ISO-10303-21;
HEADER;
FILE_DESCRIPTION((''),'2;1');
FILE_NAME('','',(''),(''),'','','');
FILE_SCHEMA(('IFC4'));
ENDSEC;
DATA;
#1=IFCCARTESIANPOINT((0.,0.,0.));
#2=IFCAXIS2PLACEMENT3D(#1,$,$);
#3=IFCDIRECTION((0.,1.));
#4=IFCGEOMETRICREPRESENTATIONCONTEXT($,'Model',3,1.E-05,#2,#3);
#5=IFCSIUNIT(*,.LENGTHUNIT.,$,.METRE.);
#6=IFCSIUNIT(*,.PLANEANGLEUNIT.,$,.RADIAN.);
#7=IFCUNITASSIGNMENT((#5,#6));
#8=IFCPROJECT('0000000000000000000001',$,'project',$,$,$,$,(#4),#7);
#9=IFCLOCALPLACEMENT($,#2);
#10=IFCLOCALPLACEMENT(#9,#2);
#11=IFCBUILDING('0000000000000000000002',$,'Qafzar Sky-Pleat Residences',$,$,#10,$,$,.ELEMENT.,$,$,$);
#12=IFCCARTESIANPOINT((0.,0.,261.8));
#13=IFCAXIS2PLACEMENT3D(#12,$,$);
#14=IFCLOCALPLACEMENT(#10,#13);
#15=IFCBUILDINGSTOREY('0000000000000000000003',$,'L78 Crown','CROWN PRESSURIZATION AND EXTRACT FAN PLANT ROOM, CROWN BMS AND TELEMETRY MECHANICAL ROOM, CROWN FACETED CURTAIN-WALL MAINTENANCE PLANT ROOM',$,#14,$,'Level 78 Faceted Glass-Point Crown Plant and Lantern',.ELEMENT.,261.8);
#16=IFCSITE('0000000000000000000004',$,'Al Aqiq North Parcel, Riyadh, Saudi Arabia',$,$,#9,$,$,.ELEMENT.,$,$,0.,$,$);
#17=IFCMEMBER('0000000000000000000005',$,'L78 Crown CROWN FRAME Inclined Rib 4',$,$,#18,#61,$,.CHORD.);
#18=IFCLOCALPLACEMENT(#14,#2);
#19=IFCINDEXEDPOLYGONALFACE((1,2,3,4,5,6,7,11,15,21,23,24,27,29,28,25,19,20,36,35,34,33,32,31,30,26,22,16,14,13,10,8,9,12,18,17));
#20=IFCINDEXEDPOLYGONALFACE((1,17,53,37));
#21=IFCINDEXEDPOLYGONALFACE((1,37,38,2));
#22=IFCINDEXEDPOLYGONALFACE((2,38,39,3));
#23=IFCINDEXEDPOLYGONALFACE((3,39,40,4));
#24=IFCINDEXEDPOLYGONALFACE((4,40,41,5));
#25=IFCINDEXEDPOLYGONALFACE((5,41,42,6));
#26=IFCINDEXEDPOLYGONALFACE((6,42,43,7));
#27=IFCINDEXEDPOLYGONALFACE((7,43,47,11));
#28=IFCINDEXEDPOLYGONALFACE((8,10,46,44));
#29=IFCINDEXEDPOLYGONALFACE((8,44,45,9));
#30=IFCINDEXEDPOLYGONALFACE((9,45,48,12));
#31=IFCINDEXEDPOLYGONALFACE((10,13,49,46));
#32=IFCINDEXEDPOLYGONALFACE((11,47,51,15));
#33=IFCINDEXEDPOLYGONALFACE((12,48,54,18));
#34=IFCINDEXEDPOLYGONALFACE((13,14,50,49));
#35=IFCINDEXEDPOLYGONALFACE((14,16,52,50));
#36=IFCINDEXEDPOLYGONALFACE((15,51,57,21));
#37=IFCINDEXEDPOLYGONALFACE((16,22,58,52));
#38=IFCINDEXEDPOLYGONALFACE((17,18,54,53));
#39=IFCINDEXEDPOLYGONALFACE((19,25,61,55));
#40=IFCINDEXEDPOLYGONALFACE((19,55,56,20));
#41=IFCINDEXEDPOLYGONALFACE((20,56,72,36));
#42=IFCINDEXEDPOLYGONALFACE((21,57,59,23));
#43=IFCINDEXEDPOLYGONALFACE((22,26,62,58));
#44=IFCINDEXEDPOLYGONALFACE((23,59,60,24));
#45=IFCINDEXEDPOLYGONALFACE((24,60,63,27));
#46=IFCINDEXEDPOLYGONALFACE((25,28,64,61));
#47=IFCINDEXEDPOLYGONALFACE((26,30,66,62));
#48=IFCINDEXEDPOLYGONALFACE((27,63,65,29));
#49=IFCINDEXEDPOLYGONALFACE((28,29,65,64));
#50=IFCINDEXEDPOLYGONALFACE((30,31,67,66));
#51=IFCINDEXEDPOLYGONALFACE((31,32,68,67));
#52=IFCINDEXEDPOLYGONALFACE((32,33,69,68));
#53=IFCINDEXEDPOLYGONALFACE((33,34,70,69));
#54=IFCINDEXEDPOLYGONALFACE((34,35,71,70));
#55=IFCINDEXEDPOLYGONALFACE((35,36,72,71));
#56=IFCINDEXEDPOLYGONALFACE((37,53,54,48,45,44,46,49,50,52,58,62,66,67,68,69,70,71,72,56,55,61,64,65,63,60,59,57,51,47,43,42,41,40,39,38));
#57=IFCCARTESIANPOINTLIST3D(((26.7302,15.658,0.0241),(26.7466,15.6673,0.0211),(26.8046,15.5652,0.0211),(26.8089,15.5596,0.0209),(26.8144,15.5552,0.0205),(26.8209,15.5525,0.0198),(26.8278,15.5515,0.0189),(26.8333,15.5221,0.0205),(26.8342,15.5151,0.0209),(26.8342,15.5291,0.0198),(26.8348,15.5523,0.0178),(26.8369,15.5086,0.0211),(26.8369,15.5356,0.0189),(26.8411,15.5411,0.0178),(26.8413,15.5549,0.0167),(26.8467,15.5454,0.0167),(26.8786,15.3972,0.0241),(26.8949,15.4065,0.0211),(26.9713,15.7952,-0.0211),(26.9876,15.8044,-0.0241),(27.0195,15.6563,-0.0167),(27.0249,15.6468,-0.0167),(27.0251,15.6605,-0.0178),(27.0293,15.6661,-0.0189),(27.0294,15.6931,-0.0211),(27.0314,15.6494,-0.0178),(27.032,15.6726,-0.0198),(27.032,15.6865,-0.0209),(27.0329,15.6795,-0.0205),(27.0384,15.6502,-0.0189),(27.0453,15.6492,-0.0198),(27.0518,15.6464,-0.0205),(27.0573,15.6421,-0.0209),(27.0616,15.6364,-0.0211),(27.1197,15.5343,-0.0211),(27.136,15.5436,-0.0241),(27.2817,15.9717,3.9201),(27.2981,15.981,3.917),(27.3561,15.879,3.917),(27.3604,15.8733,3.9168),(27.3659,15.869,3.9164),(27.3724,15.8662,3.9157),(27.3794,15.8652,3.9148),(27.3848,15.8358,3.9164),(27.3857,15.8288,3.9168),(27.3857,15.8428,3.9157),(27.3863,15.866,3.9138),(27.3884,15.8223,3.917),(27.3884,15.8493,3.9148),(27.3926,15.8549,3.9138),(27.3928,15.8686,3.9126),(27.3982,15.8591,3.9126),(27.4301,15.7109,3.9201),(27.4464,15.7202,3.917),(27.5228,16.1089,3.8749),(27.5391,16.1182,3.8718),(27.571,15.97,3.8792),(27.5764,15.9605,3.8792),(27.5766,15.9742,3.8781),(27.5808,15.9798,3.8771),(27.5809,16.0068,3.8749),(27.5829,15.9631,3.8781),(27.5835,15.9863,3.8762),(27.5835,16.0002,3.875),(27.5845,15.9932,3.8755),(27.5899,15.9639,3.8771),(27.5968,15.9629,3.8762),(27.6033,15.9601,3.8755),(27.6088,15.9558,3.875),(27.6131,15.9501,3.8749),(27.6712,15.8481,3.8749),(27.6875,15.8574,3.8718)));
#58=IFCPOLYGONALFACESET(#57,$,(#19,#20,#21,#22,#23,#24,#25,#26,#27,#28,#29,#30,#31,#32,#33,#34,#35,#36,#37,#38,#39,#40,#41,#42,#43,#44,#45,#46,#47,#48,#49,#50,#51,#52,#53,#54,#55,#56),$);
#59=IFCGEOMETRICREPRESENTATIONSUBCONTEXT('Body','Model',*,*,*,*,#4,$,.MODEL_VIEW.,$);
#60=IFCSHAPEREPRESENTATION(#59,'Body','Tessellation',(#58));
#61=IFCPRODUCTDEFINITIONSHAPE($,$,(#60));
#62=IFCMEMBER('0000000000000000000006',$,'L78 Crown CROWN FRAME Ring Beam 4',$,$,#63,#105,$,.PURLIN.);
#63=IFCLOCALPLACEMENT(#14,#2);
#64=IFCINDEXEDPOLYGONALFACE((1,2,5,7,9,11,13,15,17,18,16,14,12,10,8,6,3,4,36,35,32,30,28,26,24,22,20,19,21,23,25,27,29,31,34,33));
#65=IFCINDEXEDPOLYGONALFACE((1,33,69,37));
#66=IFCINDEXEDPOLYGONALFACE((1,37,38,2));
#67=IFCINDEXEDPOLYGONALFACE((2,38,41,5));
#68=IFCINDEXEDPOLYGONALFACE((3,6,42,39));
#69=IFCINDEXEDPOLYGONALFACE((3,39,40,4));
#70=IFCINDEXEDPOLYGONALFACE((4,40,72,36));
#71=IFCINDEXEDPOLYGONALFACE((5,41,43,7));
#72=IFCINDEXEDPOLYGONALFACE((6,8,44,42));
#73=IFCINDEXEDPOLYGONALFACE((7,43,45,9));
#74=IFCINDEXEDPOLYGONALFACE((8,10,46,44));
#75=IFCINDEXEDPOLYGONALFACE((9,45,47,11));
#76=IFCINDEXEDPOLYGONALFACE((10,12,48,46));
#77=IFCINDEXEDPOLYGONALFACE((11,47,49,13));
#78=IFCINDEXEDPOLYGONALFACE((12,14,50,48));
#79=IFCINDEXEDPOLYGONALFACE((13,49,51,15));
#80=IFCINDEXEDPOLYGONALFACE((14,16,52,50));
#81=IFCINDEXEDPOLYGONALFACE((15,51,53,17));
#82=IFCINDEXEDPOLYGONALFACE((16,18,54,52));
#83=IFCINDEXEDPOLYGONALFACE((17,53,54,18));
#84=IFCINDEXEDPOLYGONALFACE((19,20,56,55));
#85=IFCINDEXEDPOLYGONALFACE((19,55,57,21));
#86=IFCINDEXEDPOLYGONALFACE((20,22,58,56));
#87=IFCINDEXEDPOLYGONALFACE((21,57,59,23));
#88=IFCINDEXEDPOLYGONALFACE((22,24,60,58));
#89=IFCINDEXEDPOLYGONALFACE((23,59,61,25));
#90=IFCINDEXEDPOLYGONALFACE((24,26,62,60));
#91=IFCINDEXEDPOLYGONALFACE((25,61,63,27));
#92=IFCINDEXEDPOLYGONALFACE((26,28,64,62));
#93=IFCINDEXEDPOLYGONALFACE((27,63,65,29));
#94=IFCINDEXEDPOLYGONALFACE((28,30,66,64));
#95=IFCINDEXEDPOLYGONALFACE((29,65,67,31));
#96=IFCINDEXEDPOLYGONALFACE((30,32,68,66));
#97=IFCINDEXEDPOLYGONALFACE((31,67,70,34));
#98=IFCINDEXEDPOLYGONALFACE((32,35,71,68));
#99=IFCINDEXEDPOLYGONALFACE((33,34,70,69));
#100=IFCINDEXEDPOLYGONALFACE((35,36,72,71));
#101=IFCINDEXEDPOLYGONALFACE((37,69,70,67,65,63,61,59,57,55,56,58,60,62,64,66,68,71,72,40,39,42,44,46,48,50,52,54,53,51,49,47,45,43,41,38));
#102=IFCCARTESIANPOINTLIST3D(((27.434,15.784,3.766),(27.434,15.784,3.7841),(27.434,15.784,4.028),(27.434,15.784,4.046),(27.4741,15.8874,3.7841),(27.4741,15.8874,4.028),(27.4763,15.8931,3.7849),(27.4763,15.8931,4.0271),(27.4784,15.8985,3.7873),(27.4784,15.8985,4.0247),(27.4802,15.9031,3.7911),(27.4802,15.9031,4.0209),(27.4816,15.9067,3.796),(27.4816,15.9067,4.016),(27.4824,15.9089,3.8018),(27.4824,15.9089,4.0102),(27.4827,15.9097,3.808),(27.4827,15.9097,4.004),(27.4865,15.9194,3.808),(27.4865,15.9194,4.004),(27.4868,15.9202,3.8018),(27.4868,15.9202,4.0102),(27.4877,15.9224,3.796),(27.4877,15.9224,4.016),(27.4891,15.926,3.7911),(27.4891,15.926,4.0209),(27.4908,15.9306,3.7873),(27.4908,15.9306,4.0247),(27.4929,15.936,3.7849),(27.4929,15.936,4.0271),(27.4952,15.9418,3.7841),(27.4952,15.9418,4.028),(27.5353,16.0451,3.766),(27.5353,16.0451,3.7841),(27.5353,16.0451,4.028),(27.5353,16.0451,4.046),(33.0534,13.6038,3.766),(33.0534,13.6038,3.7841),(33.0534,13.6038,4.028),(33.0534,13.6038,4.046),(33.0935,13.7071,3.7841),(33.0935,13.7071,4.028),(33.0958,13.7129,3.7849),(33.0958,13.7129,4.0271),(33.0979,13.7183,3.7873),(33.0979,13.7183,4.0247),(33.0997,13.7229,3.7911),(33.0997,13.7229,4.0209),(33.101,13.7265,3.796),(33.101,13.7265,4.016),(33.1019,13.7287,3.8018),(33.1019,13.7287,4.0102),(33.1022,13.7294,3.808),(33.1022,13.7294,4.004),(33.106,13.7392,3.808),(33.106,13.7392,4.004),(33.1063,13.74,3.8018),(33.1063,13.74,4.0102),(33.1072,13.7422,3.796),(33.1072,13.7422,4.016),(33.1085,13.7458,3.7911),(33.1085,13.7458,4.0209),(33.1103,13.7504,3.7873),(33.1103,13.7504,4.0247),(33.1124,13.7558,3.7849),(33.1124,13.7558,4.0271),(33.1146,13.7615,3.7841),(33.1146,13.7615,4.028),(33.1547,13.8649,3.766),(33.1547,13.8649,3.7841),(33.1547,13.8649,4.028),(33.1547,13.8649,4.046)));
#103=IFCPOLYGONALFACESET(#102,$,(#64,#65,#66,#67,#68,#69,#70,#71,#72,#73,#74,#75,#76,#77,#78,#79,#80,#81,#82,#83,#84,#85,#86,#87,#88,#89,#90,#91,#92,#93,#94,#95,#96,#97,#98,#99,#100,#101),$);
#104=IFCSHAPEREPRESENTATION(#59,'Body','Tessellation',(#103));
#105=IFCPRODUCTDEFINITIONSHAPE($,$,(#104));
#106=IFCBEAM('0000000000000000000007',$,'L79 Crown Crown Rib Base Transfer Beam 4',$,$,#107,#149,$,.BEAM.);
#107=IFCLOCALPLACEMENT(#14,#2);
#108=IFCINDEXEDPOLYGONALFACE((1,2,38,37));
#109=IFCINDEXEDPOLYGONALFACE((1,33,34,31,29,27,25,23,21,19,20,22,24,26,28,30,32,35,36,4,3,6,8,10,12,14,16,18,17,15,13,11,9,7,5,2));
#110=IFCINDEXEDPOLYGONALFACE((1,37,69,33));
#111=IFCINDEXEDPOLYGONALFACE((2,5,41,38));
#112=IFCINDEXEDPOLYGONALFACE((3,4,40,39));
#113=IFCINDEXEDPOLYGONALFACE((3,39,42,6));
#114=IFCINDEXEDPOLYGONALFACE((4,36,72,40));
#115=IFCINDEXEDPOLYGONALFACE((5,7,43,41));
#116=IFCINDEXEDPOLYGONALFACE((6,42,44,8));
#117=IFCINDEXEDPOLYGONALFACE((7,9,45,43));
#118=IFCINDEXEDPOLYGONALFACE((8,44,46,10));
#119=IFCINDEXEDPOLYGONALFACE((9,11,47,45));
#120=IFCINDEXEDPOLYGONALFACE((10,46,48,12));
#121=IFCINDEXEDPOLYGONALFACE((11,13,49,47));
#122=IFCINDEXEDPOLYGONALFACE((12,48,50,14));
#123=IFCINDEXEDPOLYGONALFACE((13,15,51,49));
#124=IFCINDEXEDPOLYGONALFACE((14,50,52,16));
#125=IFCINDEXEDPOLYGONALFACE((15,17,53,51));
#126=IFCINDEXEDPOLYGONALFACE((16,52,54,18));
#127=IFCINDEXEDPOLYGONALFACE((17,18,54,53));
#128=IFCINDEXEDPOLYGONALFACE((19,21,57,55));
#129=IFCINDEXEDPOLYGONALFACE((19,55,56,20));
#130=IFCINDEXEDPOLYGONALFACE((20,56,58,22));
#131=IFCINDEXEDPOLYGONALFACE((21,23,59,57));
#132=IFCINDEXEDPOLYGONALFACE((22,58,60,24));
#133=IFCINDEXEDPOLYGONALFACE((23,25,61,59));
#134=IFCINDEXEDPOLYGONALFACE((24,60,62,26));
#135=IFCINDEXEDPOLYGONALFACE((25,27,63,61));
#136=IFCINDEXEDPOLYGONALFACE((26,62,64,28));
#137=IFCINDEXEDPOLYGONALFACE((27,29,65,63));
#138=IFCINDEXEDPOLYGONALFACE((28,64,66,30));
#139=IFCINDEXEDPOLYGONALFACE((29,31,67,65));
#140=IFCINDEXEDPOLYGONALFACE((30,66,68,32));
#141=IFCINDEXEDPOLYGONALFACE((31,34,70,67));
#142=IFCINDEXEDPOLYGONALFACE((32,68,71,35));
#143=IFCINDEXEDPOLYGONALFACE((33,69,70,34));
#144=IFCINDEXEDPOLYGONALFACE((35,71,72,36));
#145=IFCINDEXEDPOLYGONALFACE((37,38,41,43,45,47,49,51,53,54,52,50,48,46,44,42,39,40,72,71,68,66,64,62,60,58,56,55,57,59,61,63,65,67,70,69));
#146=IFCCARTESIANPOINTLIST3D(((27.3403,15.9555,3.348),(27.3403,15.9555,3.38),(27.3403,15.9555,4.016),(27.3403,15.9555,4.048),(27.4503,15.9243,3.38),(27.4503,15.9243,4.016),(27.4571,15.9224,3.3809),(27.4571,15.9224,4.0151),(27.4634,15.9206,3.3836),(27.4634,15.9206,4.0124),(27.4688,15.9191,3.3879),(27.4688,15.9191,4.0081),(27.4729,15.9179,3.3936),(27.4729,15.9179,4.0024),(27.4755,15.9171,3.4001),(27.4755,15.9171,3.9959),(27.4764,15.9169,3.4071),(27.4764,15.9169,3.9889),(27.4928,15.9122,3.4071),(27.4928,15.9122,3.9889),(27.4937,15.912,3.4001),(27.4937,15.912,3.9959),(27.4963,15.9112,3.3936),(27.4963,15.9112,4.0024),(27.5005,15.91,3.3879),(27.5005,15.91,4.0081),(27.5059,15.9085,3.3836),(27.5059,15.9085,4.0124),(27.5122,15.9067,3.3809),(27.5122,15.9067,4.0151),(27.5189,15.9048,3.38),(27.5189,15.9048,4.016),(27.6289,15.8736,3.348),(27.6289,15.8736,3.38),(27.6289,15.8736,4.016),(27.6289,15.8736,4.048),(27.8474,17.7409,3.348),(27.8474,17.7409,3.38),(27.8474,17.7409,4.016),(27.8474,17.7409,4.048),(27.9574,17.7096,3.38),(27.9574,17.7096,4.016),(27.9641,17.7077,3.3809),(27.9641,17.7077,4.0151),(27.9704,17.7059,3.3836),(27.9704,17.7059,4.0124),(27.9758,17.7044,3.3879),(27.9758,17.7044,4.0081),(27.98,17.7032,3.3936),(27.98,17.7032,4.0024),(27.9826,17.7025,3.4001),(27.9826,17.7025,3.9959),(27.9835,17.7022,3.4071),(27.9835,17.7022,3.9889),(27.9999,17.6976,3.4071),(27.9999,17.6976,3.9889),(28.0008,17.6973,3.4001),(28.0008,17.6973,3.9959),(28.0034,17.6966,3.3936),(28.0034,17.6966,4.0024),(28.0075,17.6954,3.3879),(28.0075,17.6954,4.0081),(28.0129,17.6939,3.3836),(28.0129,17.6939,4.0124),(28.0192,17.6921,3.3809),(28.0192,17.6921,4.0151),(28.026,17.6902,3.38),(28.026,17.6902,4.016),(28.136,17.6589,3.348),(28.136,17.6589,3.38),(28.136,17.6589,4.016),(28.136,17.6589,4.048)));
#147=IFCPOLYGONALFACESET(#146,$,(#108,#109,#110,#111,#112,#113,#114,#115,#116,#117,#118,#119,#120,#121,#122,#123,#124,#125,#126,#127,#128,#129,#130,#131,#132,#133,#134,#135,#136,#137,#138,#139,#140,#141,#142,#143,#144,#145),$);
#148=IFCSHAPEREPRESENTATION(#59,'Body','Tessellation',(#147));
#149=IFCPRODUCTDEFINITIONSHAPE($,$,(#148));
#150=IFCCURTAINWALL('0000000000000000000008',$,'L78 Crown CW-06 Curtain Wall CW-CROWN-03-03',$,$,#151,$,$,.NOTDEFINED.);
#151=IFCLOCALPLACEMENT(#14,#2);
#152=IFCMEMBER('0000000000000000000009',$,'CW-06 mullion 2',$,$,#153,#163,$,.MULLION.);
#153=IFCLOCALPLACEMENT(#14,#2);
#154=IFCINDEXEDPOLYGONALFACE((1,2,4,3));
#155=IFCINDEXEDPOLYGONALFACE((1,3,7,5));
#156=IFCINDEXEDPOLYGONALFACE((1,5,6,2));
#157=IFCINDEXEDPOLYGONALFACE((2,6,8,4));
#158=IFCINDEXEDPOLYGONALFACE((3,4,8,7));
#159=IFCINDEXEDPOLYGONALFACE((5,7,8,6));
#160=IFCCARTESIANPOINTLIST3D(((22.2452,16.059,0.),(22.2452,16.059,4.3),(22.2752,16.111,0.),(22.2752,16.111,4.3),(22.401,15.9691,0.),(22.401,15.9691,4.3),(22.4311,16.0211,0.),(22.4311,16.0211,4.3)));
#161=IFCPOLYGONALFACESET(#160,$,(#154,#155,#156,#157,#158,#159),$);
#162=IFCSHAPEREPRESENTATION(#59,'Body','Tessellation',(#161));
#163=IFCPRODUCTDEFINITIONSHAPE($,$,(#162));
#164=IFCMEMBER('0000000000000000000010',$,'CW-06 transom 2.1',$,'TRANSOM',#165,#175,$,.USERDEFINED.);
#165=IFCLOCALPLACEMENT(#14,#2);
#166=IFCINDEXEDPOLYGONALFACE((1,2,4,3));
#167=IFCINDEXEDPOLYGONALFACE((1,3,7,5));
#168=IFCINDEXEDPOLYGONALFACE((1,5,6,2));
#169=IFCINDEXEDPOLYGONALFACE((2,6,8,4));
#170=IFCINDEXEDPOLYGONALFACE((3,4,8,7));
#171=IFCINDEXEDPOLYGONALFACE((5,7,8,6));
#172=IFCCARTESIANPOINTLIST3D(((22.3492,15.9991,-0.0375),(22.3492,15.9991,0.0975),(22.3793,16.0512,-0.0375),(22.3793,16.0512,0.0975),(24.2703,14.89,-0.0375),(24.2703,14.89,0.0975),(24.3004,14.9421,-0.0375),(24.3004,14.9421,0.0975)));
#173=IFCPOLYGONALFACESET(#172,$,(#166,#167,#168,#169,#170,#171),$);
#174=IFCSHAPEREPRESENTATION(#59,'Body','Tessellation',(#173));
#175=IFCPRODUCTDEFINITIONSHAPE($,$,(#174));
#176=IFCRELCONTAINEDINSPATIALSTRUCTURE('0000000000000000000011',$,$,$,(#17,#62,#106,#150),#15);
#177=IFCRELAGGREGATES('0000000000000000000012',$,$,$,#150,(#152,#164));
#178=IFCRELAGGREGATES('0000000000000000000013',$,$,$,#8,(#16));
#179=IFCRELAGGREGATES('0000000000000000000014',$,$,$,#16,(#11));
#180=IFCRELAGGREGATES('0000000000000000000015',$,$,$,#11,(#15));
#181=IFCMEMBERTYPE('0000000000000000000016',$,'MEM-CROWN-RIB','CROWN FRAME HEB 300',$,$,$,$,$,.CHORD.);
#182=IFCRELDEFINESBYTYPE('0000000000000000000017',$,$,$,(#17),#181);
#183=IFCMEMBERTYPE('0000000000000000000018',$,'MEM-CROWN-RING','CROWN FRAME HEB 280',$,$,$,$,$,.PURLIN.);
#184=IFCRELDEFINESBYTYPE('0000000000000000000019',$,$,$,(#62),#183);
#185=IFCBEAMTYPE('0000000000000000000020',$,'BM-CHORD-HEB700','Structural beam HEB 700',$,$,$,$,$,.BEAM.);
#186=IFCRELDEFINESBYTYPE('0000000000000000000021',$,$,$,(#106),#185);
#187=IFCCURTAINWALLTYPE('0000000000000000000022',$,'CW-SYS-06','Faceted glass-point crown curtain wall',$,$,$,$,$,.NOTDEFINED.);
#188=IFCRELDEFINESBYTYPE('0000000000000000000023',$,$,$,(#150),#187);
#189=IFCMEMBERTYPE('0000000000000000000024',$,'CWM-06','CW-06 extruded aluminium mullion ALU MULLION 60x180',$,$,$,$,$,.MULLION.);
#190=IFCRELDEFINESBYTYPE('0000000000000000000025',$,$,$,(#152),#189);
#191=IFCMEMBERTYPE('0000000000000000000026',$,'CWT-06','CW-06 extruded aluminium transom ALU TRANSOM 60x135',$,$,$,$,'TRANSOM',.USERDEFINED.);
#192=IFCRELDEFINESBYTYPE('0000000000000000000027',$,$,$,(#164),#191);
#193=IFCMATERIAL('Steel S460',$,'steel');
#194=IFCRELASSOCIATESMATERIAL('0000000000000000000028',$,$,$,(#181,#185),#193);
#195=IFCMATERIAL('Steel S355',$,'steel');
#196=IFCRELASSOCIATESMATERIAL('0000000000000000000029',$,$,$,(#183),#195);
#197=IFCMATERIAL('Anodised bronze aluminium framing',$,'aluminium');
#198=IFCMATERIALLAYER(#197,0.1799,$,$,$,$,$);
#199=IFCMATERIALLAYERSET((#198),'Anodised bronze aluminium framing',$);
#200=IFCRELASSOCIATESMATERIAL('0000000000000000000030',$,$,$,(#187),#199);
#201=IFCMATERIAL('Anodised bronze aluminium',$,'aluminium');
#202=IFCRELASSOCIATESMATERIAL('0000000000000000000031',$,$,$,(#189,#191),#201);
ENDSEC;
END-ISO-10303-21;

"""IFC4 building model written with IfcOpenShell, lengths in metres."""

from ifc_helpers import new_model, si_unit, direction, frame, origin, origin_2d, place, context, subcontext, project, spatial, rectangle, i_section, extrude, source, transform, mapped, material, layer, layer_set, material_profile, profile_set, type_object, element, aggregate, save


model = new_model("IFC4")

# Units and contexts
model_context = context("Model", 3, precision=1e-05, world=origin(), true_north=direction((0.0, 1.0)))
body_context = subcontext(model_context, "Body", "Model", "MODEL_VIEW")
ifc_project = project(units=[si_unit("LENGTHUNIT", "METRE"), si_unit("PLANEANGLEUNIT", "RADIAN")], contexts=[model_context])

# Site, building, storey
site_placement = place(None, origin())
site = spatial("IfcSite", under=ifc_project, at=site_placement, Name="Al Aqiq North Parcel, Riyadh, Saudi Arabia", CompositionType="ELEMENT", RefElevation=0.0)
building_placement = place(site_placement, origin())
building = spatial("IfcBuilding", under=site, at=building_placement, Name="Qafzar Sky-Pleat Residences", CompositionType="ELEMENT")
storey_placement = place(building_placement, frame((0.0, 0.0, 261.8)))
storey = spatial("IfcBuildingStorey", under=building, at=storey_placement, Name="L78 Crown", Description="CROWN PRESSURIZATION AND EXTRACT FAN PLANT ROOM, CROWN BMS AND TELEMETRY MECHANICAL ROOM, CROWN FACETED CURTAIN-WALL MAINTENANCE PLANT ROOM", LongName="Level 78 Faceted Glass-Point Crown Plant and Lantern", CompositionType="ELEMENT", Elevation=261.8)

# Members
ifc_material_1 = material(Name="Steel S460", Category="steel")
ifc_material_profile_1 = material_profile(ifc_material_1, i_section(OverallWidth=0.3, OverallDepth=0.3, WebThickness=0.011, FlangeThickness=0.019, FilletRadius=0.0271, at=origin_2d()), Name="HEB 300")
ifc_profile_set_1 = profile_set([ifc_material_profile_1], Name="Steel S460")
member_type_1 = type_object("IfcMemberType", Name="MEM-CROWN-RIB", Description="CROWN FRAME HEB 300", PredefinedType="CHORD", material=ifc_profile_set_1)
shared_shape_1 = source(origin(), body_context, "Body", "SweptSolid", [
    extrude(i_section(OverallWidth=0.3, OverallDepth=0.3, WebThickness=0.011, FlangeThickness=0.019, FilletRadius=0.0271, at=origin_2d()), origin(), (0.0, 0.0, 1.0), 3.9473),
])
member_1_placement = place(storey_placement, frame((26.9331, 15.6008, 0.0), z_axis=(0.139718, 0.079477, 0.986997), x_axis=(-0.494439, 0.869212, 0.0)))
element("IfcMember", 1, at=member_1_placement, inside=storey, type_object=member_type_1, Name="L78 Crown CROWN FRAME Inclined Rib 4", PredefinedType="CHORD", context=body_context, shape_type="MappedRepresentation", body=[
    mapped(shared_shape_1, transform((0.0, 0.0, 0.0), x_axis=(1.0, 0.0, 0.0), y_axis=(0.0, 1.0, 0.0), z_axis=(0.0, 0.0, 1.0), scale=1.0)),
])
ifc_material_2 = material(Name="Steel S355", Category="steel")
ifc_material_profile_2 = material_profile(ifc_material_2, i_section(OverallWidth=0.28, OverallDepth=0.28, WebThickness=0.0105, FlangeThickness=0.0181, FilletRadius=0.0239, at=origin_2d()), Name="HEB 280")
ifc_profile_set_2 = profile_set([ifc_material_profile_2], Name="Steel S355")
member_type_2 = type_object("IfcMemberType", Name="MEM-CROWN-RING", Description="CROWN FRAME HEB 280", PredefinedType="PURLIN", material=ifc_profile_set_2)
shared_shape_2 = source(origin(), body_context, "Body", "SweptSolid", [
    extrude(i_section(OverallWidth=0.28, OverallDepth=0.28, WebThickness=0.0105, FlangeThickness=0.0181, FilletRadius=0.0239, at=origin_2d()), origin(), (0.0, 0.0, 1.0), 6.0276),
])
member_2_placement = place(storey_placement, frame((27.4846, 15.9146, 3.906), z_axis=(0.932292, -0.361705, 0.0), x_axis=(0.361705, 0.932292, 0.0)))
element("IfcMember", 2, at=member_2_placement, inside=storey, type_object=member_type_2, Name="L78 Crown CROWN FRAME Ring Beam 4", PredefinedType="PURLIN", context=body_context, shape_type="MappedRepresentation", body=[
    mapped(shared_shape_2, transform((0.0, 0.0, 0.0), x_axis=(1.0, 0.0, 0.0), y_axis=(0.0, 1.0, 0.0), z_axis=(0.0, 0.0, 1.0), scale=1.0)),
])

# Beam
ifc_material_profile_3 = material_profile(ifc_material_1, i_section(OverallWidth=0.3, OverallDepth=0.7, WebThickness=0.0171, FlangeThickness=0.032, FilletRadius=0.0271, at=origin_2d()), Name="HEB 700")
ifc_profile_set_3 = profile_set([ifc_material_profile_3], Name="Steel S460")
beam_type = type_object("IfcBeamType", Name="BM-CHORD-HEB700", Description="Structural beam HEB 700", PredefinedType="BEAM", material=ifc_profile_set_3)
shared_shape_3 = source(origin(), body_context, "Body", "SweptSolid", [
    extrude(i_section(OverallWidth=0.3, OverallDepth=0.7, WebThickness=0.0171, FlangeThickness=0.032, FilletRadius=0.0271, at=origin_2d()), origin(), (0.0, 0.0, 1.0), 1.856),
])
beam_placement = place(storey_placement, frame((27.4846, 15.9146, 3.698), z_axis=(0.273209, 0.961955, 0.0), x_axis=(-0.961955, 0.273209, 0.0)))
element("IfcBeam", 3, at=beam_placement, inside=storey, type_object=beam_type, Name="L79 Crown Crown Rib Base Transfer Beam 4", PredefinedType="BEAM", context=body_context, shape_type="MappedRepresentation", body=[
    mapped(shared_shape_3, transform((0.0, 0.0, 0.0), x_axis=(1.0, 0.0, 0.0), y_axis=(0.0, 1.0, 0.0), z_axis=(0.0, 0.0, 1.0), scale=1.0)),
])

# Curtain wall, members
ifc_material_3 = material(Name="Anodised bronze aluminium framing", Category="aluminium")
ifc_layer_1 = layer(ifc_material_3, 0.1799)
ifc_layer_set_1 = layer_set([ifc_layer_1], Name="Anodised bronze aluminium framing")
curtain_wall_type = type_object("IfcCurtainWallType", Name="CW-SYS-06", Description="Faceted glass-point crown curtain wall", PredefinedType="NOTDEFINED", material=ifc_layer_set_1)
curtain_wall_placement = place(storey_placement, origin())
curtain_wall = element("IfcCurtainWall", 4, at=curtain_wall_placement, inside=storey, type_object=curtain_wall_type, Name="L78 Crown CW-06 Curtain Wall CW-CROWN-03-03", PredefinedType="NOTDEFINED")
ifc_material_4 = material(Name="Anodised bronze aluminium", Category="aluminium")
ifc_material_profile_4 = material_profile(ifc_material_4, rectangle(XDim=0.0601, YDim=0.1799, at=origin_2d()), Name="ALU MULLION 60x180")
ifc_profile_set_4 = profile_set([ifc_material_profile_4], Name="Anodised bronze aluminium")
member_type_3 = type_object("IfcMemberType", Name="CWM-06", Description="CW-06 extruded aluminium mullion ALU MULLION 60x180", PredefinedType="MULLION", material=ifc_profile_set_4)
shared_shape_4 = source(origin(), body_context, "Body", "SweptSolid", [
    extrude(rectangle(XDim=0.0601, YDim=0.1799, at=origin_2d()), origin(), (0.0, 0.0, 1.0), 4.3),
])
member_3_placement = place(storey_placement, frame((22.3381, 16.04, 0.0), z_axis=(0.0, 0.0, 1.0), x_axis=(0.499993, 0.86603, 0.0)))
member_3 = element("IfcMember", 5, at=member_3_placement, type_object=member_type_3, Name="CW-06 mullion 2", PredefinedType="MULLION", context=body_context, shape_type="MappedRepresentation", body=[
    mapped(shared_shape_4, transform((0.0, 0.0, 0.0), x_axis=(1.0, 0.0, 0.0), y_axis=(0.0, 1.0, 0.0), z_axis=(0.0, 0.0, 1.0), scale=1.0)),
])
ifc_material_profile_5 = material_profile(ifc_material_4, rectangle(XDim=0.0601, YDim=0.135, at=origin_2d()), Name="ALU TRANSOM 60x135")
ifc_profile_set_5 = profile_set([ifc_material_profile_5], Name="Anodised bronze aluminium")
member_type_4 = type_object("IfcMemberType", Name="CWT-06", Description="CW-06 extruded aluminium transom ALU TRANSOM 60x135", ElementType="TRANSOM", PredefinedType="USERDEFINED", material=ifc_profile_set_5)
shared_shape_5 = source(origin(), body_context, "Body", "SweptSolid", [
    extrude(rectangle(XDim=0.0601, YDim=0.135, at=origin_2d()), origin(), (0.0, 0.0, 1.0), 2.2183),
])
member_4_placement = place(storey_placement, frame((22.3643, 16.0251, 0.03), z_axis=(0.866033, -0.499986, 0.0), x_axis=(0.499986, 0.866033, 0.0)))
member_4 = element("IfcMember", 6, at=member_4_placement, type_object=member_type_4, Name="CW-06 transom 2.1", ObjectType="TRANSOM", PredefinedType="USERDEFINED", context=body_context, shape_type="MappedRepresentation", body=[
    mapped(shared_shape_5, transform((0.0, 0.0, 0.0), x_axis=(1.0, 0.0, 0.0), y_axis=(0.0, 1.0, 0.0), z_axis=(0.0, 0.0, 1.0), scale=1.0)),
])
aggregate(curtain_wall, [member_3, member_4])

save(model, "model.ifc")
